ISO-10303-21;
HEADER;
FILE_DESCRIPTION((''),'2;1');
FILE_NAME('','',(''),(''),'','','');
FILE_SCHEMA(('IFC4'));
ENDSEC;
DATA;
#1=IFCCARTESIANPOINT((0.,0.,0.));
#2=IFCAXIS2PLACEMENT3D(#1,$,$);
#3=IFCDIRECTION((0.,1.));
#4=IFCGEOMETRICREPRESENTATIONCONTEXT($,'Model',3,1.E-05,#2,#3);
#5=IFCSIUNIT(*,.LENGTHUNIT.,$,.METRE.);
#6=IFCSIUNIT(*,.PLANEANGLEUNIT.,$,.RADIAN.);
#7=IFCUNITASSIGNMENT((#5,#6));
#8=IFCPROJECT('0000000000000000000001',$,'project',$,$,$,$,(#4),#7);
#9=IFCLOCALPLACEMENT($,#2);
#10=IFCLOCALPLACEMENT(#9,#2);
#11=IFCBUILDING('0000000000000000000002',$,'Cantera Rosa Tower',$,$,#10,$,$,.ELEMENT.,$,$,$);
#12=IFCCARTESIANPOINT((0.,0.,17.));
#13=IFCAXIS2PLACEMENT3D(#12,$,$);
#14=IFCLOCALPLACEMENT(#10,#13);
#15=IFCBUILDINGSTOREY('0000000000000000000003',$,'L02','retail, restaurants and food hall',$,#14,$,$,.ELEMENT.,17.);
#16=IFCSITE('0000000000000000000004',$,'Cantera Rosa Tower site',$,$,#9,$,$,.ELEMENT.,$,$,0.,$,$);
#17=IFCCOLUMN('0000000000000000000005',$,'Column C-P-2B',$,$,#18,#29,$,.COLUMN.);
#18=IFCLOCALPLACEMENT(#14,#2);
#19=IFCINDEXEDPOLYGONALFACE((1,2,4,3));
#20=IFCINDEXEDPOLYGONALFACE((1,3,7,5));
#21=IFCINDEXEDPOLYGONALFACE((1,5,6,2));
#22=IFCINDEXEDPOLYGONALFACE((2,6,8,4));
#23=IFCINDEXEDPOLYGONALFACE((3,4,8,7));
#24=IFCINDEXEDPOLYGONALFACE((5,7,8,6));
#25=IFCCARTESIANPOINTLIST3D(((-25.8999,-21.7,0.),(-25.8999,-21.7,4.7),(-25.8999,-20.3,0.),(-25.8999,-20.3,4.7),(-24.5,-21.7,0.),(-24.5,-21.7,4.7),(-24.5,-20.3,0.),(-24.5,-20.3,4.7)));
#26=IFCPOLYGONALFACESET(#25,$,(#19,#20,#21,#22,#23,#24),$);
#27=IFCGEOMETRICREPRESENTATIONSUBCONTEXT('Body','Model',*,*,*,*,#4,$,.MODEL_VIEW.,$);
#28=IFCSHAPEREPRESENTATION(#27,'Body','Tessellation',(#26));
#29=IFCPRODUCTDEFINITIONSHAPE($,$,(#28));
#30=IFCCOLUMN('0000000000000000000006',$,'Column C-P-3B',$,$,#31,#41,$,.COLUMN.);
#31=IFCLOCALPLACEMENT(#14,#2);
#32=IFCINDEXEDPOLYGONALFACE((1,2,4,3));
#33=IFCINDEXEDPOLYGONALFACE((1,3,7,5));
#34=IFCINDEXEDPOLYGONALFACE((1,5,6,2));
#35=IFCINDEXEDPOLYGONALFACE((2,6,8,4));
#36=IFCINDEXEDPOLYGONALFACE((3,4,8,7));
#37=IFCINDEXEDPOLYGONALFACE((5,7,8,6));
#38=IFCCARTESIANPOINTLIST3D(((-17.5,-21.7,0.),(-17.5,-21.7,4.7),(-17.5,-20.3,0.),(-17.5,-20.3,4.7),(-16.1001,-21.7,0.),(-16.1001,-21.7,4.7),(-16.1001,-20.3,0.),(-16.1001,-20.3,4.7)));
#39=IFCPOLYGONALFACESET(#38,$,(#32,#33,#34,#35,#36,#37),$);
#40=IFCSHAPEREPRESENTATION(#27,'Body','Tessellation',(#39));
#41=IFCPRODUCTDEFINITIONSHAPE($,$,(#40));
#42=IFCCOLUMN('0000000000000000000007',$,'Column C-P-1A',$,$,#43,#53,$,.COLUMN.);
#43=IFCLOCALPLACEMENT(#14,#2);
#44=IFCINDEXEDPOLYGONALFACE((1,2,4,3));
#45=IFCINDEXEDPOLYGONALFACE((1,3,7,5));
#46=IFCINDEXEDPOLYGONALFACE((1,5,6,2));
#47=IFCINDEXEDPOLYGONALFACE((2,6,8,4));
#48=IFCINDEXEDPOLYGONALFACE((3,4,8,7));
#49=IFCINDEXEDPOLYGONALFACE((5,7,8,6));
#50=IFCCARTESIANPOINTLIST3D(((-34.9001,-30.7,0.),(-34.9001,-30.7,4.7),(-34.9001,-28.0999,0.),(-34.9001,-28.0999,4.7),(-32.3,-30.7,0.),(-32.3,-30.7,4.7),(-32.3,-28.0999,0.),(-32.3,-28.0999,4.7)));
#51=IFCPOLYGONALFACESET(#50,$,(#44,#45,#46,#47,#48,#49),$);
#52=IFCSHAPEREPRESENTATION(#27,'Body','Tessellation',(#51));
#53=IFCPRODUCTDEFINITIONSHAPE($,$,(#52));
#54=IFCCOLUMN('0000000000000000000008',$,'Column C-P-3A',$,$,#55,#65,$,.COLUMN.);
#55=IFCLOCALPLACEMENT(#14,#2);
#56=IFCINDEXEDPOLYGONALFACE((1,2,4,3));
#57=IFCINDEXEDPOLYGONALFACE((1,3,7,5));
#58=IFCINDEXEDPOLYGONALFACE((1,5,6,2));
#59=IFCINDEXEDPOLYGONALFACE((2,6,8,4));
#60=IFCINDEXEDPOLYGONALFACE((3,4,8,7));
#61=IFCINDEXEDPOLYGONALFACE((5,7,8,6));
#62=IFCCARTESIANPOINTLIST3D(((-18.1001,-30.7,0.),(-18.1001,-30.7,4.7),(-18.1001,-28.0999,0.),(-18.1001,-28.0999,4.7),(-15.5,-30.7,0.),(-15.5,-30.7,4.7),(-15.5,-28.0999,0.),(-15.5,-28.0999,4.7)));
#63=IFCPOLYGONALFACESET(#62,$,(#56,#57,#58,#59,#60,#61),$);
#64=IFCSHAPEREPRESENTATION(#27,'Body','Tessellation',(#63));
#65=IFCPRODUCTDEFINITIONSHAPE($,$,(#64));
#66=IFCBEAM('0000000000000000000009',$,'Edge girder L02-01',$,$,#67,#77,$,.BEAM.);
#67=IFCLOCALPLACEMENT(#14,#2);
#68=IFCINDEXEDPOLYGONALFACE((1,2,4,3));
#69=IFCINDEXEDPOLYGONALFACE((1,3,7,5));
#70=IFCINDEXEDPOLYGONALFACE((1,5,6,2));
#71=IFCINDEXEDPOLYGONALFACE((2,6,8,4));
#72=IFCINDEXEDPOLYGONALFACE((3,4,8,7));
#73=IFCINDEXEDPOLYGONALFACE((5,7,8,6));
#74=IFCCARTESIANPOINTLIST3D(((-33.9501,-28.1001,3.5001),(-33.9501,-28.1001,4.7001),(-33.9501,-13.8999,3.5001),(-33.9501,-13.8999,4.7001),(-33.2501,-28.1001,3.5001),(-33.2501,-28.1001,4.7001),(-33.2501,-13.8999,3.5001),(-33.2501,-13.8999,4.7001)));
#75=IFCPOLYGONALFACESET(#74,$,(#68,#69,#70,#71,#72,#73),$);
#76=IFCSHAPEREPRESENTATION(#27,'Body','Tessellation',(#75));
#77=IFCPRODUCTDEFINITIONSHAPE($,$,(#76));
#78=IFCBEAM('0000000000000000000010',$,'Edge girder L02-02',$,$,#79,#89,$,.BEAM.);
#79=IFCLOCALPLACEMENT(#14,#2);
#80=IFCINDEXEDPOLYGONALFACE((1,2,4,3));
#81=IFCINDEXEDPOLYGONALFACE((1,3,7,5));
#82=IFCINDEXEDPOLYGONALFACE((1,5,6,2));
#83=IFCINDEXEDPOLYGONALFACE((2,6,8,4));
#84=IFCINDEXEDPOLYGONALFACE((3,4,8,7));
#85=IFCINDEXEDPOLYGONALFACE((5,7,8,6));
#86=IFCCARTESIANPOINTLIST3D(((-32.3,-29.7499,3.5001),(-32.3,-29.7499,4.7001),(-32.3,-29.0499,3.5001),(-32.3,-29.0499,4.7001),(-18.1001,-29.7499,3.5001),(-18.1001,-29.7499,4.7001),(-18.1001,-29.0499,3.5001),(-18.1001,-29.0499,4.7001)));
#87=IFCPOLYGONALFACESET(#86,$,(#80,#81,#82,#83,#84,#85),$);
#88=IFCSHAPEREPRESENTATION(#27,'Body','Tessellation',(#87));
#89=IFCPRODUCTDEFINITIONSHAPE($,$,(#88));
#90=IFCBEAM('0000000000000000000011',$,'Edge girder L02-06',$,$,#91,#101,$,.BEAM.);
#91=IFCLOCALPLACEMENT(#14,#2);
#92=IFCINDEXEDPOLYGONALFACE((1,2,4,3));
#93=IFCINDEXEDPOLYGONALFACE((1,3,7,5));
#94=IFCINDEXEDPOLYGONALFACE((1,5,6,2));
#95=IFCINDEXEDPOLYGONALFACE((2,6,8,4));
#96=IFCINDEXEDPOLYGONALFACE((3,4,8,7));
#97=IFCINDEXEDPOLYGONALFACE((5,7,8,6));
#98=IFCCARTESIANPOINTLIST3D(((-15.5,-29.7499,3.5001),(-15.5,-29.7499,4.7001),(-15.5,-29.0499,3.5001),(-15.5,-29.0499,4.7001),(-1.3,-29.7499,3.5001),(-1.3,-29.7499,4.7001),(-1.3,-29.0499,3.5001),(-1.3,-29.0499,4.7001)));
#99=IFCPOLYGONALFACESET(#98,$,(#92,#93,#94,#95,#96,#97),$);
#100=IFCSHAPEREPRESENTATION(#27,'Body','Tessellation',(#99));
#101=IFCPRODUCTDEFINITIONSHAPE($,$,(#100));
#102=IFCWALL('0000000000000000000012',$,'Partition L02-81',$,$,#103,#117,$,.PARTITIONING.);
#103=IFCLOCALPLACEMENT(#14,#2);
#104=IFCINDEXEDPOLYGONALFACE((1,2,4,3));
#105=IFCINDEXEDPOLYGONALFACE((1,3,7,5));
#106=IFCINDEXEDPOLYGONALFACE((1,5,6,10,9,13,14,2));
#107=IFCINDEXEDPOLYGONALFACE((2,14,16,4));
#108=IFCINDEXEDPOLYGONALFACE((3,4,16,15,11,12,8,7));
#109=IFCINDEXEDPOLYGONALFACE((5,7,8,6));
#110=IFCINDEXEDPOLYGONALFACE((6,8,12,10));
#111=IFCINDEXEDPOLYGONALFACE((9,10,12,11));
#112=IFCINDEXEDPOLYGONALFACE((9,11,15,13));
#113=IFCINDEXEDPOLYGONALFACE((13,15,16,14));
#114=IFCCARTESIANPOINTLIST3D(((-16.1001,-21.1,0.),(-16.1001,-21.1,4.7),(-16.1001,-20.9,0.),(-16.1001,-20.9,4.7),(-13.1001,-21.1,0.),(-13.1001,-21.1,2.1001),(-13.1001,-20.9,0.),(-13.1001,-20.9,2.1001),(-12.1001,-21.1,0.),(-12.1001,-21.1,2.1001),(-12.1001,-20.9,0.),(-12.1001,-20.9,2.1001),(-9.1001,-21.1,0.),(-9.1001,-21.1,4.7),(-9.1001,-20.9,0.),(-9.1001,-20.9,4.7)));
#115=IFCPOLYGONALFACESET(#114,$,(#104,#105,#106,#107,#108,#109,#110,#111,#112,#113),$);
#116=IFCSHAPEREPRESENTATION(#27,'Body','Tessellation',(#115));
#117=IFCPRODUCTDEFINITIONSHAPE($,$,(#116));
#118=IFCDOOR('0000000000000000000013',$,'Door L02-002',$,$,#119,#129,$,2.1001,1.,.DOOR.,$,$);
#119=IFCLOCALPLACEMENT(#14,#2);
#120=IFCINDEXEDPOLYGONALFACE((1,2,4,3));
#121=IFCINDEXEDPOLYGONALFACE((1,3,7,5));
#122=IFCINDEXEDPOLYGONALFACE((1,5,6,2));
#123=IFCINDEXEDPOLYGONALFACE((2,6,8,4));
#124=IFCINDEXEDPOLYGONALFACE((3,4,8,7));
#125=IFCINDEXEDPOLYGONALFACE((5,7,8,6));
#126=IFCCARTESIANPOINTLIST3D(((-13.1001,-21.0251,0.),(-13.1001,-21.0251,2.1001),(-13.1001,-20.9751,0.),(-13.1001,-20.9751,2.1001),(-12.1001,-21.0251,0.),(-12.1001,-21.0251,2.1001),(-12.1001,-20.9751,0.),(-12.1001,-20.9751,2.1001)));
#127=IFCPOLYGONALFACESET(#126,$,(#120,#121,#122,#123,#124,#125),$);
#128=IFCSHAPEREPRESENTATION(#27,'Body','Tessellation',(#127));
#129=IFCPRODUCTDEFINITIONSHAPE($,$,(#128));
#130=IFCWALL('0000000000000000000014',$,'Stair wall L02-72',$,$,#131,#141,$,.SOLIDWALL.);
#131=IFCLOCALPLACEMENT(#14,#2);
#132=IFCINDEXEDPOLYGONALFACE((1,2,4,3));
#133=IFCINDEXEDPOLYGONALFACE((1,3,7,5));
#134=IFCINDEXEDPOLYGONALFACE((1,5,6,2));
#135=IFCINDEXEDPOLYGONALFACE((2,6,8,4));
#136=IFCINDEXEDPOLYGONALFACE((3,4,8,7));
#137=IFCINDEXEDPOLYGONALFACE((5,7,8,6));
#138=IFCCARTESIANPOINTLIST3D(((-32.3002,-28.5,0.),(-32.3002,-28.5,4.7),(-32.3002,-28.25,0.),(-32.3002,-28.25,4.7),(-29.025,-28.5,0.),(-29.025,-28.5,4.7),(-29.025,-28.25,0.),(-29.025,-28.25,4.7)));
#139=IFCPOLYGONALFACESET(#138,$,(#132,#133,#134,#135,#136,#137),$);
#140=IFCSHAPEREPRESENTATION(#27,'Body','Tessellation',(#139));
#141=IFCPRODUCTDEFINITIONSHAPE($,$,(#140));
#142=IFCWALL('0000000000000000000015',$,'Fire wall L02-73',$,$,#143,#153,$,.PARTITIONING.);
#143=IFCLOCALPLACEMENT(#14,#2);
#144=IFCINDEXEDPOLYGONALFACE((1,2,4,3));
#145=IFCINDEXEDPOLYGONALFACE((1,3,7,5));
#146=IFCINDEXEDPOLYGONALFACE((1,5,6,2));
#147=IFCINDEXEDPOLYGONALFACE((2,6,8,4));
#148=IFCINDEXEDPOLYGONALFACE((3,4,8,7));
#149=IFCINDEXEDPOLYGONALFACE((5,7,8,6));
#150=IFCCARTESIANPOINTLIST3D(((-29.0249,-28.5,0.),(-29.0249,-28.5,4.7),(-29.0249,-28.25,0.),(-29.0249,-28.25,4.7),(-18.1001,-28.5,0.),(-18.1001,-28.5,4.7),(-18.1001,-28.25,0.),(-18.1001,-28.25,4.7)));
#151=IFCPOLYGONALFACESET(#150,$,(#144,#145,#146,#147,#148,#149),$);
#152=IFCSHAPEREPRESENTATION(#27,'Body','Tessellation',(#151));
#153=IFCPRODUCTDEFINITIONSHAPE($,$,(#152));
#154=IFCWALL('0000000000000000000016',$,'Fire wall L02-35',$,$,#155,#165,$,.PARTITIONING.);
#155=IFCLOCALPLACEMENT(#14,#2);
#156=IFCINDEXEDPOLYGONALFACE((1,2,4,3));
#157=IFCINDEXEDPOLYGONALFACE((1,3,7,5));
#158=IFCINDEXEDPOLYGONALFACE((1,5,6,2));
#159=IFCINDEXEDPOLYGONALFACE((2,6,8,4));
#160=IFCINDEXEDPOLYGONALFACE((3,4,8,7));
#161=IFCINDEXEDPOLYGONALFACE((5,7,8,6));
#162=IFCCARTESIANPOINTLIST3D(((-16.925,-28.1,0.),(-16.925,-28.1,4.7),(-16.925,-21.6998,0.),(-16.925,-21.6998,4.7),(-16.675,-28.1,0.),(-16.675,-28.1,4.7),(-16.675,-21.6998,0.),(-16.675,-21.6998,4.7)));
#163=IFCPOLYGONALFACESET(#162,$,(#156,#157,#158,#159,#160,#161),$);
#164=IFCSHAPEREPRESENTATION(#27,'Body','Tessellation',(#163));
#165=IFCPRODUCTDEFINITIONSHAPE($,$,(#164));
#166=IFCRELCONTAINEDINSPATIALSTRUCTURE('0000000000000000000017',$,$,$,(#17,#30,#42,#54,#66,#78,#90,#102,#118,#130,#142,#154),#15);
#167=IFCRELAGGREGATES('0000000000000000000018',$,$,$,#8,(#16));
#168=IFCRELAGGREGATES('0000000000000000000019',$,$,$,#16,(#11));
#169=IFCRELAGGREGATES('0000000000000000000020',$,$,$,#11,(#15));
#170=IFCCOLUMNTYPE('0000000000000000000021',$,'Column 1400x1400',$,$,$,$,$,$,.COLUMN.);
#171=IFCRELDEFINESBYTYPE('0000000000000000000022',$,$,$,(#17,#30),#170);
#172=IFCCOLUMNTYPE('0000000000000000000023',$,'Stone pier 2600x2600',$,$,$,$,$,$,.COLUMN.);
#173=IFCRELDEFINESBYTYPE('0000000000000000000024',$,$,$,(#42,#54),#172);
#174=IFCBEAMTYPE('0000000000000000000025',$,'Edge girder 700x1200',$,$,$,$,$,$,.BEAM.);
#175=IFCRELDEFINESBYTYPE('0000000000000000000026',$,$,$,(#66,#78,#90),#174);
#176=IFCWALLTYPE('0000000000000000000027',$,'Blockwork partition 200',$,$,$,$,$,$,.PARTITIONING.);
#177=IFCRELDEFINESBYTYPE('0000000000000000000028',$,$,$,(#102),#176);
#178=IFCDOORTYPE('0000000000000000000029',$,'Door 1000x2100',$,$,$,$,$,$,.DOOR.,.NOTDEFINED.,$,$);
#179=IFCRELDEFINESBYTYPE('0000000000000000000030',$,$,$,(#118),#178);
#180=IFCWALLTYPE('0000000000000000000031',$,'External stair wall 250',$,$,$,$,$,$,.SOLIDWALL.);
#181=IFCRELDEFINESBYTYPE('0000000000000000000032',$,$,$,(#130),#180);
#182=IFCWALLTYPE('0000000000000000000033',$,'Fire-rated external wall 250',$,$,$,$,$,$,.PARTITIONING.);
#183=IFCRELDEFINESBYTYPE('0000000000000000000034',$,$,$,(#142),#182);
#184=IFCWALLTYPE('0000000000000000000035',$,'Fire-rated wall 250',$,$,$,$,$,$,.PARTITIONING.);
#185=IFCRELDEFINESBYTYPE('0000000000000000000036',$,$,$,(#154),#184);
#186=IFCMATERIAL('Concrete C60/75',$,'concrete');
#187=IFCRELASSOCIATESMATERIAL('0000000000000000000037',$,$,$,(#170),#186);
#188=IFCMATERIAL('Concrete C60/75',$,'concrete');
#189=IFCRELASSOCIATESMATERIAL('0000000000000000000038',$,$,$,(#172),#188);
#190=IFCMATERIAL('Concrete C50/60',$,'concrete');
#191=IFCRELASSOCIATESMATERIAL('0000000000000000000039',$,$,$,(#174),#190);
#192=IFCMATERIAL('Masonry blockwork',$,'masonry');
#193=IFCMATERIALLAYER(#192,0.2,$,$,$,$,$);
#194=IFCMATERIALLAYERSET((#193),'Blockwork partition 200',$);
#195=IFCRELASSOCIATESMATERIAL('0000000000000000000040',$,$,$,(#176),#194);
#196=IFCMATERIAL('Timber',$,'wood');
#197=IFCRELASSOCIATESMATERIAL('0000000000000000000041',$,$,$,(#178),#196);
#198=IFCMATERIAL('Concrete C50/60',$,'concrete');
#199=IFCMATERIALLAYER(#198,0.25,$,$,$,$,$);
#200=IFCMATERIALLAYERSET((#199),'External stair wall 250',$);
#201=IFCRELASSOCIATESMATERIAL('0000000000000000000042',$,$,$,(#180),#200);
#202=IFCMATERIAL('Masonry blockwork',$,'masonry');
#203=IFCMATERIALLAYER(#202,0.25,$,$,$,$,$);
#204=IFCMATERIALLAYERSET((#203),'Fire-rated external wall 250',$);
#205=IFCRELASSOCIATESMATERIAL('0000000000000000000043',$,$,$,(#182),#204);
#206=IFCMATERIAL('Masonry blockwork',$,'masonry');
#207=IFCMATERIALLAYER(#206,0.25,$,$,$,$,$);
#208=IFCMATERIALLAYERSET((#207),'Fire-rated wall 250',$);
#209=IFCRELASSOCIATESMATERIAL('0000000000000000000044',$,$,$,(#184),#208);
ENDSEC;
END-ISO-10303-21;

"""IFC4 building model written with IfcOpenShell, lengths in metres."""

from ifc_helpers import new_model, si_unit, direction, frame, frame_2d, origin, origin_2d, place, context, subcontext, project, spatial, rectangle, extrude, material, layer, layer_set, material_profile, profile_set, type_object, element, fill, save


model = new_model("IFC4")

# Units and contexts
model_context = context("Model", 3, precision=1e-05, world=origin(), true_north=direction((0.0, 1.0)))
body_context = subcontext(model_context, "Body", "Model", "MODEL_VIEW")
ifc_project = project(units=[si_unit("LENGTHUNIT", "METRE"), si_unit("PLANEANGLEUNIT", "RADIAN")], contexts=[model_context])

# Site, building, storey
site_placement = place(None, origin())
site = spatial("IfcSite", under=ifc_project, at=site_placement, Name="Cantera Rosa Tower site", CompositionType="ELEMENT", RefElevation=0.0)
building_placement = place(site_placement, origin())
building = spatial("IfcBuilding", under=site, at=building_placement, Name="Cantera Rosa Tower", CompositionType="ELEMENT")
storey_placement = place(building_placement, frame((0.0, 0.0, 17.0)))
storey = spatial("IfcBuildingStorey", under=building, at=storey_placement, Name="L02", Description="retail, restaurants and food hall", CompositionType="ELEMENT", Elevation=17.0)

# Columns
ifc_material_1 = material(Name="Concrete C60/75", Category="concrete")
ifc_material_profile_1 = material_profile(ifc_material_1, rectangle(XDim=1.3999, YDim=1.3999, at=origin_2d()), Name="Column 1400x1400")
ifc_profile_set_1 = profile_set([ifc_material_profile_1], Name="Concrete C60/75")
column_type_1 = type_object("IfcColumnType", Name="Column 1400x1400", PredefinedType="COLUMN", material=ifc_profile_set_1)
for number, where, z_axis, x_axis, name in (
    (1, (-25.2, -21.0, 0.0), (0.0, 0.0, 1.0), (1.0, 0.0, 0.0), "Column C-P-2B"),
    (2, (-16.8, -21.0, 0.0), (0.0, 0.0, 1.0), (1.0, 0.0, 0.0), "Column C-P-3B"),
):
    element("IfcColumn", number, at=place(storey_placement, frame(where, z_axis=z_axis, x_axis=x_axis)), inside=storey, type_object=column_type_1, Name=name, PredefinedType="COLUMN", context=body_context, shape_type="SweptSolid", body=[
        extrude(rectangle(XDim=1.3999, YDim=1.3999, at=origin_2d()), origin(), (0.0, 0.0, 1.0), 4.7),
    ])
ifc_material_2 = material(Name="Concrete C60/75", Category="concrete")
ifc_material_profile_2 = material_profile(ifc_material_2, rectangle(XDim=2.6001, YDim=2.6001, at=origin_2d()), Name="Stone pier 2600x2600")
ifc_profile_set_2 = profile_set([ifc_material_profile_2], Name="Concrete C60/75")
column_type_2 = type_object("IfcColumnType", Name="Stone pier 2600x2600", PredefinedType="COLUMN", material=ifc_profile_set_2)
for number, where, z_axis, x_axis, name in (
    (3, (-33.6001, -29.3999, 0.0), (0.0, 0.0, 1.0), (1.0, 0.0, 0.0), "Column C-P-1A"),
    (4, (-16.8, -29.3999, 0.0), (0.0, 0.0, 1.0), (1.0, 0.0, 0.0), "Column C-P-3A"),
):
    element("IfcColumn", number, at=place(storey_placement, frame(where, z_axis=z_axis, x_axis=x_axis)), inside=storey, type_object=column_type_2, Name=name, PredefinedType="COLUMN", context=body_context, shape_type="SweptSolid", body=[
        extrude(rectangle(XDim=2.6001, YDim=2.6001, at=origin_2d()), origin(), (0.0, 0.0, 1.0), 4.7),
    ])

# Beams
ifc_material_3 = material(Name="Concrete C50/60", Category="concrete")
ifc_material_profile_3 = material_profile(ifc_material_3, rectangle(XDim=0.7, YDim=1.2, at=origin_2d()), Name="Edge girder 700x1200")
ifc_profile_set_3 = profile_set([ifc_material_profile_3], Name="Concrete C50/60")
beam_type = type_object("IfcBeamType", Name="Edge girder 700x1200", PredefinedType="BEAM", material=ifc_profile_set_3)
beam_placement = place(storey_placement, frame((-33.6001, -28.1001, 4.1001), z_axis=(0.0, 1.0, 0.0), x_axis=(-1.0, 0.0, 0.0)))
element("IfcBeam", 5, at=beam_placement, inside=storey, type_object=beam_type, Name="Edge girder L02-01", PredefinedType="BEAM", context=body_context, shape_type="SweptSolid", body=[
    extrude(rectangle(XDim=0.7, YDim=1.2, at=origin_2d()), origin(), (0.0, 0.0, 1.0), 14.2002),
])
for number, where, z_axis, x_axis, name in (
    (6, (-32.3, -29.3999, 4.1001), (1.0, 0.0, 0.0), (0.0, 1.0, 0.0), "Edge girder L02-02"),
    (7, (-15.5, -29.3999, 4.1001), (1.0, 0.0, 0.0), (0.0, 1.0, 0.0), "Edge girder L02-06"),
):
    element("IfcBeam", number, at=place(storey_placement, frame(where, z_axis=z_axis, x_axis=x_axis)), inside=storey, type_object=beam_type, Name=name, PredefinedType="BEAM", context=body_context, shape_type="SweptSolid", body=[
        extrude(rectangle(XDim=0.7, YDim=1.2, at=origin_2d()), origin(), (0.0, 0.0, 1.0), 14.2),
    ])

# Wall, opening, door
ifc_material_4 = material(Name="Masonry blockwork", Category="masonry")
ifc_layer_1 = layer(ifc_material_4, 0.2)
ifc_layer_set_1 = layer_set([ifc_layer_1], Name="Blockwork partition 200")
wall_type_1 = type_object("IfcWallType", Name="Blockwork partition 200", PredefinedType="PARTITIONING", material=ifc_layer_set_1)
wall_1_placement = place(storey_placement, frame((-16.1001, -21.0, 0.0), z_axis=(0.0, 0.0, 1.0), x_axis=(1.0, 0.0, 0.0)))
wall_1 = element("IfcWall", 8, at=wall_1_placement, inside=storey, type_object=wall_type_1, Name="Partition L02-81", PredefinedType="PARTITIONING", context=body_context, shape_type="SweptSolid", body=[
    extrude(rectangle(XDim=7.0, YDim=0.2, at=frame_2d((3.5, 0.0))), origin(), (0.0, 0.0, 1.0), 4.7),
])
opening_1_placement = place(wall_1_placement, frame((3.0, 0.0, 0.0)))
opening_1 = element("IfcOpeningElement", 9, at=opening_1_placement, cuts=wall_1, PredefinedType="OPENING", context=body_context, shape_type="SweptSolid", body=[
    extrude(rectangle(XDim=1.0, YDim=2.1001, at=frame_2d((0.5, 1.05))), frame((0.0, 0.1099, 0.0), z_axis=(0.0, -1.0, 0.0), x_axis=(1.0, 0.0, 0.0)), (0.0, 0.0, 1.0), 0.22),
])
ifc_material_5 = material(Name="Timber", Category="wood")
door_type_1 = type_object("IfcDoorType", Name="Door 1000x2100", OperationType="NOTDEFINED", PredefinedType="DOOR", material=ifc_material_5)
door_1_placement = place(opening_1_placement, origin())
door_1 = element("IfcDoor", 10, at=door_1_placement, inside=storey, type_object=door_type_1, Name="Door L02-002", OverallHeight=2.1001, OverallWidth=1.0, PredefinedType="DOOR", context=body_context, shape_type="SweptSolid", body=[
    extrude(rectangle(XDim=1.0, YDim=2.1001, at=frame_2d((0.5, 1.05))), frame((0.0, 0.0249, 0.0), z_axis=(0.0, -1.0, 0.0), x_axis=(1.0, 0.0, 0.0)), (0.0, 0.0, 1.0), 0.05),
])
fill(opening_1, door_1)

# Walls
ifc_material_6 = material(Name="Concrete C50/60", Category="concrete")
ifc_layer_2 = layer(ifc_material_6, 0.25)
ifc_layer_set_2 = layer_set([ifc_layer_2], Name="External stair wall 250")
wall_type_2 = type_object("IfcWallType", Name="External stair wall 250", PredefinedType="SOLIDWALL", material=ifc_layer_set_2)
wall_2_placement = place(storey_placement, frame((-29.0249, -28.375, 0.0), z_axis=(0.0, 0.0, 1.0), x_axis=(-1.0, 0.0, 0.0)))
element("IfcWall", 11, at=wall_2_placement, inside=storey, type_object=wall_type_2, Name="Stair wall L02-72", PredefinedType="SOLIDWALL", context=body_context, shape_type="SweptSolid", body=[
    extrude(rectangle(XDim=3.2751, YDim=0.25, at=frame_2d((1.6377, 0.0))), origin(), (0.0, 0.0, 1.0), 4.7),
])
ifc_material_7 = material(Name="Masonry blockwork", Category="masonry")
ifc_layer_3 = layer(ifc_material_7, 0.25)
ifc_layer_set_3 = layer_set([ifc_layer_3], Name="Fire-rated external wall 250")
wall_type_3 = type_object("IfcWallType", Name="Fire-rated external wall 250", PredefinedType="PARTITIONING", material=ifc_layer_set_3)
wall_3_placement = place(storey_placement, frame((-29.0249, -28.375, 0.0), z_axis=(0.0, 0.0, 1.0), x_axis=(1.0, 0.0, 0.0)))
element("IfcWall", 12, at=wall_3_placement, inside=storey, type_object=wall_type_3, Name="Fire wall L02-73", PredefinedType="PARTITIONING", context=body_context, shape_type="SweptSolid", body=[
    extrude(rectangle(XDim=10.9248, YDim=0.25, at=frame_2d((5.4624, 0.0))), origin(), (0.0, 0.0, 1.0), 4.7),
])
ifc_material_8 = material(Name="Masonry blockwork", Category="masonry")
ifc_layer_4 = layer(ifc_material_8, 0.25)
ifc_layer_set_4 = layer_set([ifc_layer_4], Name="Fire-rated wall 250")
wall_type_4 = type_object("IfcWallType", Name="Fire-rated wall 250", PredefinedType="PARTITIONING", material=ifc_layer_set_4)
wall_4_placement = place(storey_placement, frame((-16.8, -28.1001, 0.0), z_axis=(0.0, 0.0, 1.0), x_axis=(0.0, 1.0, 0.0)))
element("IfcWall", 13, at=wall_4_placement, inside=storey, type_object=wall_type_4, Name="Fire wall L02-35", PredefinedType="PARTITIONING", context=body_context, shape_type="SweptSolid", body=[
    extrude(rectangle(XDim=6.4001, YDim=0.25, at=frame_2d((3.2002, 0.0))), origin(), (0.0, 0.0, 1.0), 4.7),
])

save(model, "model.ifc")
